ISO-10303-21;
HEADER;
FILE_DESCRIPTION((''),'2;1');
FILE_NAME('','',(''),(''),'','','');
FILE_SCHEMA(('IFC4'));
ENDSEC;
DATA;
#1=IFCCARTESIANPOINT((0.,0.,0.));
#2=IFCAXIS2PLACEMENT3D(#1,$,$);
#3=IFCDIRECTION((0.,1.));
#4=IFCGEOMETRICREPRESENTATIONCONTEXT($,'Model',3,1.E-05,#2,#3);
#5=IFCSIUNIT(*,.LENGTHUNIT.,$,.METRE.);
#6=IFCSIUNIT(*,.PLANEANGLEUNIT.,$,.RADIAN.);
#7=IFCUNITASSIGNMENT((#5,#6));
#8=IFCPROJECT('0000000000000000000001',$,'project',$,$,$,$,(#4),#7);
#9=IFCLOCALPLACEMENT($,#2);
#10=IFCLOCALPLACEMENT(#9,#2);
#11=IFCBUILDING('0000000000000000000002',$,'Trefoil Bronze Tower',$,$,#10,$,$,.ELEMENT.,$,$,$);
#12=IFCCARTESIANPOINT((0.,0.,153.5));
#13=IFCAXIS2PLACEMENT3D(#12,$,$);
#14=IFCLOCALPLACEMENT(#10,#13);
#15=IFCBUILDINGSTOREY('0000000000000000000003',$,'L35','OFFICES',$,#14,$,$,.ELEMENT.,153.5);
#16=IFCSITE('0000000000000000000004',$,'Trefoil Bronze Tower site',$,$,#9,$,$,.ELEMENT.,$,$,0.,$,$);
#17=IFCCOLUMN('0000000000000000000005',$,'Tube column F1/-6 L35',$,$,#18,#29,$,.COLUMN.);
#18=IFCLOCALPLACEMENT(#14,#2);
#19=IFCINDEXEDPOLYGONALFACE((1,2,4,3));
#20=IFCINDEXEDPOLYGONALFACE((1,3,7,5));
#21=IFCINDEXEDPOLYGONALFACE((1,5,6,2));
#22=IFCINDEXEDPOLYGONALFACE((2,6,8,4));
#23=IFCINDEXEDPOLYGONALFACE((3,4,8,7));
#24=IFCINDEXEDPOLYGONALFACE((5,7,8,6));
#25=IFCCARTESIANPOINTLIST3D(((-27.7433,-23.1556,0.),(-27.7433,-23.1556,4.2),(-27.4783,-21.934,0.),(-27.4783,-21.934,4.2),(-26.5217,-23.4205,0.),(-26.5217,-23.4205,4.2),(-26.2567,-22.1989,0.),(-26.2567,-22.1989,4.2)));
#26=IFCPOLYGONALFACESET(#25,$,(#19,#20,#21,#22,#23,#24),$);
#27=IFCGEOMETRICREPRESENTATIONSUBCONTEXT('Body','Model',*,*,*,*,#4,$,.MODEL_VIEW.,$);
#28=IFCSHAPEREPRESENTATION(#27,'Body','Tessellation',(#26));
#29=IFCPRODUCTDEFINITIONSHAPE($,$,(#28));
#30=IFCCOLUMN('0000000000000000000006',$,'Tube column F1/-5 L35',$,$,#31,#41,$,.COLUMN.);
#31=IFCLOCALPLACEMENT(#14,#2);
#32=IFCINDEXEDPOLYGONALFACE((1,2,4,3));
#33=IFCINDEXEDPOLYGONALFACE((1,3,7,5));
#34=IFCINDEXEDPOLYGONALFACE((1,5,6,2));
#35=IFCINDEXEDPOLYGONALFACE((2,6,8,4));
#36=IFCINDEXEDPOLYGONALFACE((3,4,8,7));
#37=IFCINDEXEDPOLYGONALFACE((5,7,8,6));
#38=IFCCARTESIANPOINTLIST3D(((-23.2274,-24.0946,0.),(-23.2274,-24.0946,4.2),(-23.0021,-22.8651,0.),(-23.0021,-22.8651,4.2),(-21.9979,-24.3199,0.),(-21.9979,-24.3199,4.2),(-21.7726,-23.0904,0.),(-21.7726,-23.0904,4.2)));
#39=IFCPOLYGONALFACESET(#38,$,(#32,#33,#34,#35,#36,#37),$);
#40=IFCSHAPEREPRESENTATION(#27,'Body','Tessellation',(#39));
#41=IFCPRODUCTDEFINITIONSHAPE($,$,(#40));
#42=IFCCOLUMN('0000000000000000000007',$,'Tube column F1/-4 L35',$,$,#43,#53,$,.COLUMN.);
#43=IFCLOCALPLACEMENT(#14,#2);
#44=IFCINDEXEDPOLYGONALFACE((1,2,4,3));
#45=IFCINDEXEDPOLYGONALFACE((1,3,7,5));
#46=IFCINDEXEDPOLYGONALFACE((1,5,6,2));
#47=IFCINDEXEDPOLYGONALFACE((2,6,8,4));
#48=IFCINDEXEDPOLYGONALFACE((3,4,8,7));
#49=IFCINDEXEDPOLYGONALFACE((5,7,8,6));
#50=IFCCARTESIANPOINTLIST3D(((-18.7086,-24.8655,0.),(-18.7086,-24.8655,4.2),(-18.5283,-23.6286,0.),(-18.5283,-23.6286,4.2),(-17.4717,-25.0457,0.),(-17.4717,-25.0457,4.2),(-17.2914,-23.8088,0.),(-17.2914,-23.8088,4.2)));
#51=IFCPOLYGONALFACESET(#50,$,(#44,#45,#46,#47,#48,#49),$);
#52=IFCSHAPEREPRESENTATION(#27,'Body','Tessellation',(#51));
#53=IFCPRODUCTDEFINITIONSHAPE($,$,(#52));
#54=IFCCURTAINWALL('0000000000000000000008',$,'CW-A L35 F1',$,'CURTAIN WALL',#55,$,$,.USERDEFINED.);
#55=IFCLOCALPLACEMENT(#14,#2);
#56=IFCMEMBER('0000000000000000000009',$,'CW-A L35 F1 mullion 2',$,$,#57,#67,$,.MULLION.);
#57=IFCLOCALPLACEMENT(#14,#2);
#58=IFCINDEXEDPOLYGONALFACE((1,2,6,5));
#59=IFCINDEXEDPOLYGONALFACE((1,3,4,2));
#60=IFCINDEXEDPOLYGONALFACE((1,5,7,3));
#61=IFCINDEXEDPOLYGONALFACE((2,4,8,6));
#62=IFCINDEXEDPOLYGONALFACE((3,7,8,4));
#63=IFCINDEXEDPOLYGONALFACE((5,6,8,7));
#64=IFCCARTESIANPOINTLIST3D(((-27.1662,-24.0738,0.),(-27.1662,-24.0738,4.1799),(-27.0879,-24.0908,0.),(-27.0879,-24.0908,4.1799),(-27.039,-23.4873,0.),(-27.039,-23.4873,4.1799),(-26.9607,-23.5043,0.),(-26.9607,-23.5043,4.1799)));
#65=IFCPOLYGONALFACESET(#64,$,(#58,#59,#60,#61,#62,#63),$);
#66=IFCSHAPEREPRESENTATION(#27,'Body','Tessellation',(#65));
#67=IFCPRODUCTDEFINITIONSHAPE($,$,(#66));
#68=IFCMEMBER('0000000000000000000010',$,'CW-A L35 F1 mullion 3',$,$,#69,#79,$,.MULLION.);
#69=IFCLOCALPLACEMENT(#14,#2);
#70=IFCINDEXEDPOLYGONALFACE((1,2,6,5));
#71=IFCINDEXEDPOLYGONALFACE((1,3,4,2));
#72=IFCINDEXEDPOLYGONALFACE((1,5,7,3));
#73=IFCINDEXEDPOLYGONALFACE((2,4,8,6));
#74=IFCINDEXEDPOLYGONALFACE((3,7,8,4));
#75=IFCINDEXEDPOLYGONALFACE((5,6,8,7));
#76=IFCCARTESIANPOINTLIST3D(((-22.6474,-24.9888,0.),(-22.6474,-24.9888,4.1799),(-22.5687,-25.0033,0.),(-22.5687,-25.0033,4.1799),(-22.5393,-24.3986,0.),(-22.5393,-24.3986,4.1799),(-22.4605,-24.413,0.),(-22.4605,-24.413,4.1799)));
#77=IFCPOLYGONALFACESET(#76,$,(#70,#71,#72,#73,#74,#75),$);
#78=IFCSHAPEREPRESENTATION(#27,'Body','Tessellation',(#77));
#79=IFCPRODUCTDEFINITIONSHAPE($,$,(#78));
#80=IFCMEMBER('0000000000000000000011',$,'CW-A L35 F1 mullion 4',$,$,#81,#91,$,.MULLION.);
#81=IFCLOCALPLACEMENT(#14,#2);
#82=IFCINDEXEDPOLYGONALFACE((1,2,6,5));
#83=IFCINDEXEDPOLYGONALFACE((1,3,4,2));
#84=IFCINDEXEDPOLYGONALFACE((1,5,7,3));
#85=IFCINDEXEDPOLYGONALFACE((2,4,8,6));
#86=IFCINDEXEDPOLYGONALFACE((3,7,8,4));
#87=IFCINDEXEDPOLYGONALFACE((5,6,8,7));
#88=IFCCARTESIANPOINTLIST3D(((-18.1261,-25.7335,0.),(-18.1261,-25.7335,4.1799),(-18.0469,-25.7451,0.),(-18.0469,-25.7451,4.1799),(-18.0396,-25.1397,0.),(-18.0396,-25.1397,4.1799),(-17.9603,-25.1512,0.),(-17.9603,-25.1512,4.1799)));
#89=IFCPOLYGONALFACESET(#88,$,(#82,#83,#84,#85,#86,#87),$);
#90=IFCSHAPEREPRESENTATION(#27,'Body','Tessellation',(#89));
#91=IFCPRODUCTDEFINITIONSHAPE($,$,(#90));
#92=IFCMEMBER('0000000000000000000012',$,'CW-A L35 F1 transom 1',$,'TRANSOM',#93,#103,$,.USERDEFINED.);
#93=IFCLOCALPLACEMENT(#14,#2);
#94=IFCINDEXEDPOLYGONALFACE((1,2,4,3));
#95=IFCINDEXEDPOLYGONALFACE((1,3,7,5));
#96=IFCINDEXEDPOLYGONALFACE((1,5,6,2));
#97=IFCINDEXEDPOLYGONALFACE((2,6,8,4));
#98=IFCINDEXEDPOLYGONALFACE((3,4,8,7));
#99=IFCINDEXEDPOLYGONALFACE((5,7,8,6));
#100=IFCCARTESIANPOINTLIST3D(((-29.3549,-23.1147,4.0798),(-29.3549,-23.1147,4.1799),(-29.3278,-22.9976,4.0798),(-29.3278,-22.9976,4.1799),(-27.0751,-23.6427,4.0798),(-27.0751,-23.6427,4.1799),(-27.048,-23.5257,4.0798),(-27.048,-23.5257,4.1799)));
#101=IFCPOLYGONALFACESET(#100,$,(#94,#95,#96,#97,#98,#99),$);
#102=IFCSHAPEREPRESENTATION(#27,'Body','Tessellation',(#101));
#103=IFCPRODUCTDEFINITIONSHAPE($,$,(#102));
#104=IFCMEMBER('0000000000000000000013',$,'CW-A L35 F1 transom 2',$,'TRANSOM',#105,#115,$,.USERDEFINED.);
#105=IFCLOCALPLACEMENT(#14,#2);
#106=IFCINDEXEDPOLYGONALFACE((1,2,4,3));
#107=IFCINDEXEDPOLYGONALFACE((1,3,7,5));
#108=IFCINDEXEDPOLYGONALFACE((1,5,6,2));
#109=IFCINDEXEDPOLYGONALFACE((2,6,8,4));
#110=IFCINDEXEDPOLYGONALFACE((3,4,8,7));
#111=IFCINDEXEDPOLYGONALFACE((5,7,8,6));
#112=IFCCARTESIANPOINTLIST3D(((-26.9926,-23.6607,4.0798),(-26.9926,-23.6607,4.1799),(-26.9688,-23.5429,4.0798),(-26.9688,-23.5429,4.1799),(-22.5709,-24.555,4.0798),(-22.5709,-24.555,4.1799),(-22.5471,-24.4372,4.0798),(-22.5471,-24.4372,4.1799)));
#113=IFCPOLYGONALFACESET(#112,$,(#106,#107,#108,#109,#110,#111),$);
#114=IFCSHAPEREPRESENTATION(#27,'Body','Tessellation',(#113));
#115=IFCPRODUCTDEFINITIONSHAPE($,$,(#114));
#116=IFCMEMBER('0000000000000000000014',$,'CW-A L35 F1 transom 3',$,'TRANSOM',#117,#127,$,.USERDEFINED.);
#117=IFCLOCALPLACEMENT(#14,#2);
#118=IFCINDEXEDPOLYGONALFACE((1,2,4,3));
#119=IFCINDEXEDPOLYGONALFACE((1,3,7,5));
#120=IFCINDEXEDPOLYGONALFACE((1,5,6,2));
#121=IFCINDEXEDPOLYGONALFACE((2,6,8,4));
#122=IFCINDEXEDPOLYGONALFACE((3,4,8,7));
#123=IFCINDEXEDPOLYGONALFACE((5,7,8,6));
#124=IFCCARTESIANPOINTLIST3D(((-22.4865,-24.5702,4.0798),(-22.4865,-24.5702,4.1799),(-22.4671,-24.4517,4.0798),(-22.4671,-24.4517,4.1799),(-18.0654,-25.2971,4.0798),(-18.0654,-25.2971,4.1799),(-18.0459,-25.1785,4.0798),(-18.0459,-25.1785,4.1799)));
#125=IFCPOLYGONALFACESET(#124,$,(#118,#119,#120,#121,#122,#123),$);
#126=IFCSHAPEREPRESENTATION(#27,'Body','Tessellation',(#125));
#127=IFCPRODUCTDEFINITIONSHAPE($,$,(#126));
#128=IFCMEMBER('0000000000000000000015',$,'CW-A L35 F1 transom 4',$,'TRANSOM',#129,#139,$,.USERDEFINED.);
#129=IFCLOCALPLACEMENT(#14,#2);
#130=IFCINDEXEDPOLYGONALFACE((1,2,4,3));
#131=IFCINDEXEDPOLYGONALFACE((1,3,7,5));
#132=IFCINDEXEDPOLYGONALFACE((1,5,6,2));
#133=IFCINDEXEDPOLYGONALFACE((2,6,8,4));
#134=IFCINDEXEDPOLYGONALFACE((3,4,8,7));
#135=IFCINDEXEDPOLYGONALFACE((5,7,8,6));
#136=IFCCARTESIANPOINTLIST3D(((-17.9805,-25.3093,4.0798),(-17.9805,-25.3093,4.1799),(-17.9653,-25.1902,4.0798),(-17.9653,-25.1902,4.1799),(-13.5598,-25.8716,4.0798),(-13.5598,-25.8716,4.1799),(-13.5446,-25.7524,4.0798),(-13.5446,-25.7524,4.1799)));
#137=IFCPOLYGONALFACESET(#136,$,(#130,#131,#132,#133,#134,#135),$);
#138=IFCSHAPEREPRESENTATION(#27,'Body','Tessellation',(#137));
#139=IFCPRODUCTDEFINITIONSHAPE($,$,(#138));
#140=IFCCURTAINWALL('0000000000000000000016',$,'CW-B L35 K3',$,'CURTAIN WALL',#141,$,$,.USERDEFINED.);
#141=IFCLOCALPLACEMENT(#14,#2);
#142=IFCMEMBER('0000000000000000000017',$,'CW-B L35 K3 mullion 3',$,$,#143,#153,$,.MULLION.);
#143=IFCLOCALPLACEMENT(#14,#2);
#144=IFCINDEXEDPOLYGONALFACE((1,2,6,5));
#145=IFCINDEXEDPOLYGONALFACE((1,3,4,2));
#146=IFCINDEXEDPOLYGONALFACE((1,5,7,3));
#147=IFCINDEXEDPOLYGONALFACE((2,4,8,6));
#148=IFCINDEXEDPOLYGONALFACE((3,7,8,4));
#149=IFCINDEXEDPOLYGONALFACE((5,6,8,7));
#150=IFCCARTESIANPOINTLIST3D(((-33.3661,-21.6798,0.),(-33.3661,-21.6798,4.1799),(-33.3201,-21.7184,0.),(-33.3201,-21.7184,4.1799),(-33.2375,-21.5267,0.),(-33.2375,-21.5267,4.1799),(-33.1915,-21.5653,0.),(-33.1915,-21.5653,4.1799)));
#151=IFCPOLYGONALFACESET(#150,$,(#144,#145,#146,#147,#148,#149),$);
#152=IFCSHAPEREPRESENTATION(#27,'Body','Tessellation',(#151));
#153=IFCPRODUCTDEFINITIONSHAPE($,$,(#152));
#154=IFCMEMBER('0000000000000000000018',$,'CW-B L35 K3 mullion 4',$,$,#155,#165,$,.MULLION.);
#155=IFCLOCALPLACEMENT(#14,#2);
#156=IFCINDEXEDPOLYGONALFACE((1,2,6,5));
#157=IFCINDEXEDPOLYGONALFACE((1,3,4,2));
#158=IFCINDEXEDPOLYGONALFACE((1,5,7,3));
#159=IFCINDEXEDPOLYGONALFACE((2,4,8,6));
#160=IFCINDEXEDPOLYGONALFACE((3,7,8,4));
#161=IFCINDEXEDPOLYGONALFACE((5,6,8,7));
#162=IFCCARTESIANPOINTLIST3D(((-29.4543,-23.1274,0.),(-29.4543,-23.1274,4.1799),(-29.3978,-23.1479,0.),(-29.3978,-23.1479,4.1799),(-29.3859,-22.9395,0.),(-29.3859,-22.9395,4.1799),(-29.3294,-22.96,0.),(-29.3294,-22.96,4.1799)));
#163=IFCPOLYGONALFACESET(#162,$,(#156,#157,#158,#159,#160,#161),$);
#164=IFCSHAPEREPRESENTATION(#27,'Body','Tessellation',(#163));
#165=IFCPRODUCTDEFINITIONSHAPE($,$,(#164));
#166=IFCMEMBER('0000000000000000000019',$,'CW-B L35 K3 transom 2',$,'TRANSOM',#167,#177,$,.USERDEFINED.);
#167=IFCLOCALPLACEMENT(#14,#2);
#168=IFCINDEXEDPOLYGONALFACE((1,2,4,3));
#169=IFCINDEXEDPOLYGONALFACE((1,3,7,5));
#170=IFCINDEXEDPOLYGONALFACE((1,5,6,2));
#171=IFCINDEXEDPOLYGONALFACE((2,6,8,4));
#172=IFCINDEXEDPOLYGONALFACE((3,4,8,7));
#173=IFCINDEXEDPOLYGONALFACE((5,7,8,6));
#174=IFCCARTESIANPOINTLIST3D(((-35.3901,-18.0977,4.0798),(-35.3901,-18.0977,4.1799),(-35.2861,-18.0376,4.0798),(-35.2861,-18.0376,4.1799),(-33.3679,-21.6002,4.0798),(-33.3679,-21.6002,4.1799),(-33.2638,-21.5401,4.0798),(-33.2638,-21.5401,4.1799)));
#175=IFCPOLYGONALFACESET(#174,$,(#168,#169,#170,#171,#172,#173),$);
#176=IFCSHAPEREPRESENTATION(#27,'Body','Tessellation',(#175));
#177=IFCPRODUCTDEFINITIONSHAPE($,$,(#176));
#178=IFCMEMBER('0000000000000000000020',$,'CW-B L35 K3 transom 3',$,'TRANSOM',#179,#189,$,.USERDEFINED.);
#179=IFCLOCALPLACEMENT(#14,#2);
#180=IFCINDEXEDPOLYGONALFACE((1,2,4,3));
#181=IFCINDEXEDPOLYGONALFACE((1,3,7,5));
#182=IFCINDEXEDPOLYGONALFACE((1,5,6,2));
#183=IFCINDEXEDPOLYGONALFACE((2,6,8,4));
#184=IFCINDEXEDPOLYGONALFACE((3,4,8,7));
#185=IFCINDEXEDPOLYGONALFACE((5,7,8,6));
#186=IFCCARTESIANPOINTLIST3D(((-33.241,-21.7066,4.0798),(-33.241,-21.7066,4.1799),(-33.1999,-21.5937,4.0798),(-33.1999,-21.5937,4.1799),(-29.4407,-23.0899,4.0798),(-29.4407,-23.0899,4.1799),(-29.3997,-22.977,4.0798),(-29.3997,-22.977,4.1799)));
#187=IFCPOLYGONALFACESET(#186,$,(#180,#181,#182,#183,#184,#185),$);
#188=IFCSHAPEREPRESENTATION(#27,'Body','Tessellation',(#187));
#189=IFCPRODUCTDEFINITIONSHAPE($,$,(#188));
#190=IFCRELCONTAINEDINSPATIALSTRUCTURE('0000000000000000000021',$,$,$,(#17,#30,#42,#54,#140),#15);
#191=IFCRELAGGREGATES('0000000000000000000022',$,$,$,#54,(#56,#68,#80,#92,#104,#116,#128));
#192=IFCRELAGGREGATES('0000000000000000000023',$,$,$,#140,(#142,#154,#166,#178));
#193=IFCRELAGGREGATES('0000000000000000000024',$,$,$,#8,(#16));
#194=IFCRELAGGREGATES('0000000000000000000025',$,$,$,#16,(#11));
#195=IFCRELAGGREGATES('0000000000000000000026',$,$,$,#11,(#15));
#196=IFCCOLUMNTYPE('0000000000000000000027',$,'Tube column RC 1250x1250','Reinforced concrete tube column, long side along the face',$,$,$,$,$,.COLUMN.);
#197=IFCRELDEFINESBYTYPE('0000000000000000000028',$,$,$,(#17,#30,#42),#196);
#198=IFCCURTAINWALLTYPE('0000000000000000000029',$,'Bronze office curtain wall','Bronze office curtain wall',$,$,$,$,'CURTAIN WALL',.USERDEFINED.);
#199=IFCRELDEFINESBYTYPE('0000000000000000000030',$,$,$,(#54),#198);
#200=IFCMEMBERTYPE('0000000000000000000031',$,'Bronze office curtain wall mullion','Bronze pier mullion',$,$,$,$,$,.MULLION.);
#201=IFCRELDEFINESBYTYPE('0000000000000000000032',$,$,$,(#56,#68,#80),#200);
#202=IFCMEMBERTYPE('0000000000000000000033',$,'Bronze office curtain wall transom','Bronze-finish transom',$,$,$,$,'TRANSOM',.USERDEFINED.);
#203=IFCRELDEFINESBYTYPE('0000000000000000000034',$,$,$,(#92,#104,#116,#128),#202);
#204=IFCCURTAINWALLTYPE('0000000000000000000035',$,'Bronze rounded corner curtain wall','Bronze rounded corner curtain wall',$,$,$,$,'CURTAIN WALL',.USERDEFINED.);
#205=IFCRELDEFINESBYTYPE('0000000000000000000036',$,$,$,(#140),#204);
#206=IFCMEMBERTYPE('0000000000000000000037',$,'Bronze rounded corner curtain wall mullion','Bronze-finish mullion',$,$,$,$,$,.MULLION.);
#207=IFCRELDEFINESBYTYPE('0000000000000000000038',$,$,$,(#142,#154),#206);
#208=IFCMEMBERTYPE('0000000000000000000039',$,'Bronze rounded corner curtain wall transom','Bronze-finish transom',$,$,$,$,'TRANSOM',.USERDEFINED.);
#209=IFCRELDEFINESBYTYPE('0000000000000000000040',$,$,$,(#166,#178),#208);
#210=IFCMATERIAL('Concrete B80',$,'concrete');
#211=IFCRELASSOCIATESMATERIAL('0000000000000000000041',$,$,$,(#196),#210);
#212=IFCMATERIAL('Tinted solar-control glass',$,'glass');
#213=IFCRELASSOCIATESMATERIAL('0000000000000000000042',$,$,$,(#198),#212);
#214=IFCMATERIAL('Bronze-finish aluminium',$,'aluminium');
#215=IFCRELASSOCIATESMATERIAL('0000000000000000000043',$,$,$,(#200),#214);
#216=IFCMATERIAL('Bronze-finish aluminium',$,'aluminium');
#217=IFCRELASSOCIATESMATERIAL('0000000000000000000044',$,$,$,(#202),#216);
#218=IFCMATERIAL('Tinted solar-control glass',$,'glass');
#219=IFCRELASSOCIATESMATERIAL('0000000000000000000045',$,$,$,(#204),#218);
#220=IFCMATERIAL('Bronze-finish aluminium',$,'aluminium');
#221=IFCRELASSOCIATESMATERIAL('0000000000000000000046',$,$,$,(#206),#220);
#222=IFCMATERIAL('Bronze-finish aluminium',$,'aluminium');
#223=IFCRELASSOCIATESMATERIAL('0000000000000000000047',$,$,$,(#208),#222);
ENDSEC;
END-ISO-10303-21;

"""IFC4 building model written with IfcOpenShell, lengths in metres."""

from ifc_helpers import new_model, si_unit, direction, frame, origin, origin_2d, place, context, subcontext, project, spatial, rectangle, extrude, material, material_profile, profile_set, type_object, element, aggregate, save


model = new_model("IFC4")

# Units and contexts
model_context = context("Model", 3, precision=1e-05, world=origin(), true_north=direction((0.0, 1.0)))
body_context = subcontext(model_context, "Body", "Model", "MODEL_VIEW")
ifc_project = project(units=[si_unit("LENGTHUNIT", "METRE"), si_unit("PLANEANGLEUNIT", "RADIAN")], contexts=[model_context])

# Site, building, storey
site_placement = place(None, origin())
site = spatial("IfcSite", under=ifc_project, at=site_placement, Name="Trefoil Bronze Tower site", CompositionType="ELEMENT", RefElevation=0.0)
building_placement = place(site_placement, origin())
building = spatial("IfcBuilding", under=site, at=building_placement, Name="Trefoil Bronze Tower", CompositionType="ELEMENT")
storey_placement = place(building_placement, frame((0.0, 0.0, 153.5)))
storey = spatial("IfcBuildingStorey", under=building, at=storey_placement, Name="L35", Description="OFFICES", CompositionType="ELEMENT", Elevation=153.5)

# Columns
ifc_material_1 = material(Name="Concrete B80", Category="concrete")
ifc_material_profile_1 = material_profile(ifc_material_1, rectangle(XDim=1.25, YDim=1.25, at=origin_2d()), Name="RC 1250x1250")
ifc_profile_set_1 = profile_set([ifc_material_profile_1], Name="Concrete B80")
column_type = type_object("IfcColumnType", Name="Tube column RC 1250x1250", Description="Reinforced concrete tube column, long side along the face", PredefinedType="COLUMN", material=ifc_profile_set_1)
for number, where, z_axis, x_axis, name in (
    (1, (-27.0, -22.6772, 0.0), (0.0, 0.0, 1.0), (0.977276, -0.21197, 0.0), "Tube column F1/-6 L35"),
    (2, (-22.5, -23.5925, 0.0), (0.0, 0.0, 1.0), (0.983623, -0.180241, 0.0), "Tube column F1/-5 L35"),
    (3, (-18.0, -24.3372, 0.0), (0.0, 0.0, 1.0), (0.98955, -0.144192, 0.0), "Tube column F1/-4 L35"),
):
    element("IfcColumn", number, at=place(storey_placement, frame(where, z_axis=z_axis, x_axis=x_axis)), inside=storey, type_object=column_type, Name=name, PredefinedType="COLUMN", context=body_context, shape_type="SweptSolid", body=[
        extrude(rectangle(XDim=1.25, YDim=1.25, at=origin_2d()), origin(), (0.0, 0.0, 1.0), 4.2),
    ])

# Curtain walls, members
ifc_material_2 = material(Name="Tinted solar-control glass", Category="glass")
curtain_wall_type_1 = type_object("IfcCurtainWallType", Name="Bronze office curtain wall", Description="Bronze office curtain wall", ElementType="CURTAIN WALL", PredefinedType="USERDEFINED", material=ifc_material_2)
curtain_wall_1_placement = place(storey_placement, origin())
curtain_wall_1 = element("IfcCurtainWall", 4, at=curtain_wall_1_placement, inside=storey, type_object=curtain_wall_type_1, Name="CW-A L35 F1", ObjectType="CURTAIN WALL", PredefinedType="USERDEFINED")
ifc_material_3 = material(Name="Bronze-finish aluminium", Category="aluminium")
ifc_material_profile_2 = material_profile(ifc_material_3, rectangle(XDim=0.6001, YDim=0.0801, at=origin_2d()), Name="CW-A mullion")
ifc_profile_set_2 = profile_set([ifc_material_profile_2], Name="Bronze-finish aluminium")
member_type_1 = type_object("IfcMemberType", Name="Bronze office curtain wall mullion", Description="Bronze pier mullion", PredefinedType="MULLION", material=ifc_profile_set_2)
member_1_placement = place(storey_placement, frame((-27.0635, -23.7891, 0.0), z_axis=(0.0, 0.0, 1.0), x_axis=(0.21197, 0.977276, 0.0)))
member_1 = element("IfcMember", 5, at=member_1_placement, type_object=member_type_1, Name="CW-A L35 F1 mullion 2", PredefinedType="MULLION", context=body_context, shape_type="SweptSolid", body=[
    extrude(rectangle(XDim=0.6001, YDim=0.0801, at=origin_2d()), origin(), (0.0, 0.0, 1.0), 4.1799),
])
member_2_placement = place(storey_placement, frame((-22.554, -24.7009, 0.0), z_axis=(0.0, 0.0, 1.0), x_axis=(0.180241, 0.983623, 0.0)))
member_2 = element("IfcMember", 6, at=member_2_placement, type_object=member_type_1, Name="CW-A L35 F1 mullion 3", PredefinedType="MULLION", context=body_context, shape_type="SweptSolid", body=[
    extrude(rectangle(XDim=0.6001, YDim=0.0801, at=origin_2d()), origin(), (0.0, 0.0, 1.0), 4.1799),
])
member_3_placement = place(storey_placement, frame((-18.0432, -25.4424, 0.0), z_axis=(0.0, 0.0, 1.0), x_axis=(0.144192, 0.98955, 0.0)))
member_3 = element("IfcMember", 7, at=member_3_placement, type_object=member_type_1, Name="CW-A L35 F1 mullion 4", PredefinedType="MULLION", context=body_context, shape_type="SweptSolid", body=[
    extrude(rectangle(XDim=0.6001, YDim=0.0801, at=origin_2d()), origin(), (0.0, 0.0, 1.0), 4.1799),
])
ifc_material_4 = material(Name="Bronze-finish aluminium", Category="aluminium")
ifc_material_profile_3 = material_profile(ifc_material_4, rectangle(XDim=0.1201, YDim=0.1001, at=origin_2d()), Name="CW-A transom")
ifc_profile_set_3 = profile_set([ifc_material_profile_3], Name="Bronze-finish aluminium")
member_type_2 = type_object("IfcMemberType", Name="Bronze office curtain wall transom", Description="Bronze-finish transom", ElementType="TRANSOM", PredefinedType="USERDEFINED", material=ifc_profile_set_3)
member_4_placement = place(storey_placement, frame((-29.3413, -23.0562, 4.1299), z_axis=(0.974206, -0.225659, 0.0), x_axis=(0.225659, 0.974206, 0.0)))
member_4 = element("IfcMember", 8, at=member_4_placement, type_object=member_type_2, Name="CW-A L35 F1 transom 1", ObjectType="TRANSOM", PredefinedType="USERDEFINED", context=body_context, shape_type="SweptSolid", body=[
    extrude(rectangle(XDim=0.1201, YDim=0.1001, at=origin_2d()), origin(), (0.0, 0.0, 1.0), 2.3401),
])
member_5_placement = place(storey_placement, frame((-26.9807, -23.6018, 4.1299), z_axis=(0.980154, -0.198239, 0.0), x_axis=(0.198239, 0.980154, 0.0)))
member_5 = element("IfcMember", 9, at=member_5_placement, type_object=member_type_2, Name="CW-A L35 F1 transom 2", ObjectType="TRANSOM", PredefinedType="USERDEFINED", context=body_context, shape_type="SweptSolid", body=[
    extrude(rectangle(XDim=0.1201, YDim=0.1001, at=origin_2d()), origin(), (0.0, 0.0, 1.0), 4.5112),
])
member_6_placement = place(storey_placement, frame((-22.4768, -24.511, 4.1299), z_axis=(0.986755, -0.162216, 0.0), x_axis=(0.162216, 0.986755, 0.0)))
member_6 = element("IfcMember", 10, at=member_6_placement, type_object=member_type_2, Name="CW-A L35 F1 transom 3", ObjectType="TRANSOM", PredefinedType="USERDEFINED", context=body_context, shape_type="SweptSolid", body=[
    extrude(rectangle(XDim=0.1201, YDim=0.1001, at=origin_2d()), origin(), (0.0, 0.0, 1.0), 4.4805),
])
member_7_placement = place(storey_placement, frame((-17.9729, -25.2498, 4.1299), z_axis=(0.992008, -0.126172, 0.0), x_axis=(0.126172, 0.992008, 0.0)))
member_7 = element("IfcMember", 11, at=member_7_placement, type_object=member_type_2, Name="CW-A L35 F1 transom 4", ObjectType="TRANSOM", PredefinedType="USERDEFINED", context=body_context, shape_type="SweptSolid", body=[
    extrude(rectangle(XDim=0.1201, YDim=0.1001, at=origin_2d()), origin(), (0.0, 0.0, 1.0), 4.4563),
])
ifc_material_5 = material(Name="Tinted solar-control glass", Category="glass")
curtain_wall_type_2 = type_object("IfcCurtainWallType", Name="Bronze rounded corner curtain wall", Description="Bronze rounded corner curtain wall", ElementType="CURTAIN WALL", PredefinedType="USERDEFINED", material=ifc_material_5)
curtain_wall_2_placement = place(storey_placement, origin())
curtain_wall_2 = element("IfcCurtainWall", 12, at=curtain_wall_2_placement, inside=storey, type_object=curtain_wall_type_2, Name="CW-B L35 K3", ObjectType="CURTAIN WALL", PredefinedType="USERDEFINED")
ifc_material_6 = material(Name="Bronze-finish aluminium", Category="aluminium")
ifc_material_profile_4 = material_profile(ifc_material_6, rectangle(XDim=0.2, YDim=0.0601, at=origin_2d()), Name="CW-B mullion")
ifc_profile_set_4 = profile_set([ifc_material_profile_4], Name="Bronze-finish aluminium")
member_type_3 = type_object("IfcMemberType", Name="Bronze rounded corner curtain wall mullion", Description="Bronze-finish mullion", PredefinedType="MULLION", material=ifc_profile_set_4)
member_8_placement = place(storey_placement, frame((-33.2788, -21.6226, 0.0), z_axis=(0.0, 0.0, 1.0), x_axis=(0.642788, 0.766044, 0.0)))
member_8 = element("IfcMember", 13, at=member_8_placement, type_object=member_type_3, Name="CW-B L35 K3 mullion 3", PredefinedType="MULLION", context=body_context, shape_type="SweptSolid", body=[
    extrude(rectangle(XDim=0.2, YDim=0.0601, at=origin_2d()), origin(), (0.0, 0.0, 1.0), 4.1799),
])
member_9_placement = place(storey_placement, frame((-29.3918, -23.0437, 0.0), z_axis=(0.0, 0.0, 1.0), x_axis=(0.34202, 0.939693, 0.0)))
member_9 = element("IfcMember", 14, at=member_9_placement, type_object=member_type_3, Name="CW-B L35 K3 mullion 4", PredefinedType="MULLION", context=body_context, shape_type="SweptSolid", body=[
    extrude(rectangle(XDim=0.2, YDim=0.0601, at=origin_2d()), origin(), (0.0, 0.0, 1.0), 4.1799),
])
ifc_material_7 = material(Name="Bronze-finish aluminium", Category="aluminium")
ifc_material_profile_5 = material_profile(ifc_material_7, rectangle(XDim=0.1201, YDim=0.1001, at=origin_2d()), Name="CW-B transom")
ifc_profile_set_5 = profile_set([ifc_material_profile_5], Name="Bronze-finish aluminium")
member_type_4 = type_object("IfcMemberType", Name="Bronze rounded corner curtain wall transom", Description="Bronze-finish transom", ElementType="TRANSOM", PredefinedType="USERDEFINED", material=ifc_profile_set_5)
member_10_placement = place(storey_placement, frame((-35.3381, -18.0676, 4.1299), z_axis=(0.500015, -0.866017, 0.0), x_axis=(0.866017, 0.500015, 0.0)))
member_10 = element("IfcMember", 15, at=member_10_placement, type_object=member_type_4, Name="CW-B L35 K3 transom 2", ObjectType="TRANSOM", PredefinedType="USERDEFINED", context=body_context, shape_type="SweptSolid", body=[
    extrude(rectangle(XDim=0.1201, YDim=0.1001, at=origin_2d()), origin(), (0.0, 0.0, 1.0), 4.0444),
])
member_11_placement = place(storey_placement, frame((-33.2205, -21.6501, 4.1299), z_axis=(0.939684, -0.342044, 0.0), x_axis=(0.342044, 0.939684, 0.0)))
member_11 = element("IfcMember", 16, at=member_11_placement, type_object=member_type_4, Name="CW-B L35 K3 transom 3", ObjectType="TRANSOM", PredefinedType="USERDEFINED", context=body_context, shape_type="SweptSolid", body=[
    extrude(rectangle(XDim=0.1201, YDim=0.1001, at=origin_2d()), origin(), (0.0, 0.0, 1.0), 4.0442),
])

aggregate(curtain_wall_1, [member_1, member_2, member_3, member_4, member_5, member_6, member_7])
aggregate(curtain_wall_2, [member_8, member_9, member_10, member_11])

save(model, "model.ifc")
